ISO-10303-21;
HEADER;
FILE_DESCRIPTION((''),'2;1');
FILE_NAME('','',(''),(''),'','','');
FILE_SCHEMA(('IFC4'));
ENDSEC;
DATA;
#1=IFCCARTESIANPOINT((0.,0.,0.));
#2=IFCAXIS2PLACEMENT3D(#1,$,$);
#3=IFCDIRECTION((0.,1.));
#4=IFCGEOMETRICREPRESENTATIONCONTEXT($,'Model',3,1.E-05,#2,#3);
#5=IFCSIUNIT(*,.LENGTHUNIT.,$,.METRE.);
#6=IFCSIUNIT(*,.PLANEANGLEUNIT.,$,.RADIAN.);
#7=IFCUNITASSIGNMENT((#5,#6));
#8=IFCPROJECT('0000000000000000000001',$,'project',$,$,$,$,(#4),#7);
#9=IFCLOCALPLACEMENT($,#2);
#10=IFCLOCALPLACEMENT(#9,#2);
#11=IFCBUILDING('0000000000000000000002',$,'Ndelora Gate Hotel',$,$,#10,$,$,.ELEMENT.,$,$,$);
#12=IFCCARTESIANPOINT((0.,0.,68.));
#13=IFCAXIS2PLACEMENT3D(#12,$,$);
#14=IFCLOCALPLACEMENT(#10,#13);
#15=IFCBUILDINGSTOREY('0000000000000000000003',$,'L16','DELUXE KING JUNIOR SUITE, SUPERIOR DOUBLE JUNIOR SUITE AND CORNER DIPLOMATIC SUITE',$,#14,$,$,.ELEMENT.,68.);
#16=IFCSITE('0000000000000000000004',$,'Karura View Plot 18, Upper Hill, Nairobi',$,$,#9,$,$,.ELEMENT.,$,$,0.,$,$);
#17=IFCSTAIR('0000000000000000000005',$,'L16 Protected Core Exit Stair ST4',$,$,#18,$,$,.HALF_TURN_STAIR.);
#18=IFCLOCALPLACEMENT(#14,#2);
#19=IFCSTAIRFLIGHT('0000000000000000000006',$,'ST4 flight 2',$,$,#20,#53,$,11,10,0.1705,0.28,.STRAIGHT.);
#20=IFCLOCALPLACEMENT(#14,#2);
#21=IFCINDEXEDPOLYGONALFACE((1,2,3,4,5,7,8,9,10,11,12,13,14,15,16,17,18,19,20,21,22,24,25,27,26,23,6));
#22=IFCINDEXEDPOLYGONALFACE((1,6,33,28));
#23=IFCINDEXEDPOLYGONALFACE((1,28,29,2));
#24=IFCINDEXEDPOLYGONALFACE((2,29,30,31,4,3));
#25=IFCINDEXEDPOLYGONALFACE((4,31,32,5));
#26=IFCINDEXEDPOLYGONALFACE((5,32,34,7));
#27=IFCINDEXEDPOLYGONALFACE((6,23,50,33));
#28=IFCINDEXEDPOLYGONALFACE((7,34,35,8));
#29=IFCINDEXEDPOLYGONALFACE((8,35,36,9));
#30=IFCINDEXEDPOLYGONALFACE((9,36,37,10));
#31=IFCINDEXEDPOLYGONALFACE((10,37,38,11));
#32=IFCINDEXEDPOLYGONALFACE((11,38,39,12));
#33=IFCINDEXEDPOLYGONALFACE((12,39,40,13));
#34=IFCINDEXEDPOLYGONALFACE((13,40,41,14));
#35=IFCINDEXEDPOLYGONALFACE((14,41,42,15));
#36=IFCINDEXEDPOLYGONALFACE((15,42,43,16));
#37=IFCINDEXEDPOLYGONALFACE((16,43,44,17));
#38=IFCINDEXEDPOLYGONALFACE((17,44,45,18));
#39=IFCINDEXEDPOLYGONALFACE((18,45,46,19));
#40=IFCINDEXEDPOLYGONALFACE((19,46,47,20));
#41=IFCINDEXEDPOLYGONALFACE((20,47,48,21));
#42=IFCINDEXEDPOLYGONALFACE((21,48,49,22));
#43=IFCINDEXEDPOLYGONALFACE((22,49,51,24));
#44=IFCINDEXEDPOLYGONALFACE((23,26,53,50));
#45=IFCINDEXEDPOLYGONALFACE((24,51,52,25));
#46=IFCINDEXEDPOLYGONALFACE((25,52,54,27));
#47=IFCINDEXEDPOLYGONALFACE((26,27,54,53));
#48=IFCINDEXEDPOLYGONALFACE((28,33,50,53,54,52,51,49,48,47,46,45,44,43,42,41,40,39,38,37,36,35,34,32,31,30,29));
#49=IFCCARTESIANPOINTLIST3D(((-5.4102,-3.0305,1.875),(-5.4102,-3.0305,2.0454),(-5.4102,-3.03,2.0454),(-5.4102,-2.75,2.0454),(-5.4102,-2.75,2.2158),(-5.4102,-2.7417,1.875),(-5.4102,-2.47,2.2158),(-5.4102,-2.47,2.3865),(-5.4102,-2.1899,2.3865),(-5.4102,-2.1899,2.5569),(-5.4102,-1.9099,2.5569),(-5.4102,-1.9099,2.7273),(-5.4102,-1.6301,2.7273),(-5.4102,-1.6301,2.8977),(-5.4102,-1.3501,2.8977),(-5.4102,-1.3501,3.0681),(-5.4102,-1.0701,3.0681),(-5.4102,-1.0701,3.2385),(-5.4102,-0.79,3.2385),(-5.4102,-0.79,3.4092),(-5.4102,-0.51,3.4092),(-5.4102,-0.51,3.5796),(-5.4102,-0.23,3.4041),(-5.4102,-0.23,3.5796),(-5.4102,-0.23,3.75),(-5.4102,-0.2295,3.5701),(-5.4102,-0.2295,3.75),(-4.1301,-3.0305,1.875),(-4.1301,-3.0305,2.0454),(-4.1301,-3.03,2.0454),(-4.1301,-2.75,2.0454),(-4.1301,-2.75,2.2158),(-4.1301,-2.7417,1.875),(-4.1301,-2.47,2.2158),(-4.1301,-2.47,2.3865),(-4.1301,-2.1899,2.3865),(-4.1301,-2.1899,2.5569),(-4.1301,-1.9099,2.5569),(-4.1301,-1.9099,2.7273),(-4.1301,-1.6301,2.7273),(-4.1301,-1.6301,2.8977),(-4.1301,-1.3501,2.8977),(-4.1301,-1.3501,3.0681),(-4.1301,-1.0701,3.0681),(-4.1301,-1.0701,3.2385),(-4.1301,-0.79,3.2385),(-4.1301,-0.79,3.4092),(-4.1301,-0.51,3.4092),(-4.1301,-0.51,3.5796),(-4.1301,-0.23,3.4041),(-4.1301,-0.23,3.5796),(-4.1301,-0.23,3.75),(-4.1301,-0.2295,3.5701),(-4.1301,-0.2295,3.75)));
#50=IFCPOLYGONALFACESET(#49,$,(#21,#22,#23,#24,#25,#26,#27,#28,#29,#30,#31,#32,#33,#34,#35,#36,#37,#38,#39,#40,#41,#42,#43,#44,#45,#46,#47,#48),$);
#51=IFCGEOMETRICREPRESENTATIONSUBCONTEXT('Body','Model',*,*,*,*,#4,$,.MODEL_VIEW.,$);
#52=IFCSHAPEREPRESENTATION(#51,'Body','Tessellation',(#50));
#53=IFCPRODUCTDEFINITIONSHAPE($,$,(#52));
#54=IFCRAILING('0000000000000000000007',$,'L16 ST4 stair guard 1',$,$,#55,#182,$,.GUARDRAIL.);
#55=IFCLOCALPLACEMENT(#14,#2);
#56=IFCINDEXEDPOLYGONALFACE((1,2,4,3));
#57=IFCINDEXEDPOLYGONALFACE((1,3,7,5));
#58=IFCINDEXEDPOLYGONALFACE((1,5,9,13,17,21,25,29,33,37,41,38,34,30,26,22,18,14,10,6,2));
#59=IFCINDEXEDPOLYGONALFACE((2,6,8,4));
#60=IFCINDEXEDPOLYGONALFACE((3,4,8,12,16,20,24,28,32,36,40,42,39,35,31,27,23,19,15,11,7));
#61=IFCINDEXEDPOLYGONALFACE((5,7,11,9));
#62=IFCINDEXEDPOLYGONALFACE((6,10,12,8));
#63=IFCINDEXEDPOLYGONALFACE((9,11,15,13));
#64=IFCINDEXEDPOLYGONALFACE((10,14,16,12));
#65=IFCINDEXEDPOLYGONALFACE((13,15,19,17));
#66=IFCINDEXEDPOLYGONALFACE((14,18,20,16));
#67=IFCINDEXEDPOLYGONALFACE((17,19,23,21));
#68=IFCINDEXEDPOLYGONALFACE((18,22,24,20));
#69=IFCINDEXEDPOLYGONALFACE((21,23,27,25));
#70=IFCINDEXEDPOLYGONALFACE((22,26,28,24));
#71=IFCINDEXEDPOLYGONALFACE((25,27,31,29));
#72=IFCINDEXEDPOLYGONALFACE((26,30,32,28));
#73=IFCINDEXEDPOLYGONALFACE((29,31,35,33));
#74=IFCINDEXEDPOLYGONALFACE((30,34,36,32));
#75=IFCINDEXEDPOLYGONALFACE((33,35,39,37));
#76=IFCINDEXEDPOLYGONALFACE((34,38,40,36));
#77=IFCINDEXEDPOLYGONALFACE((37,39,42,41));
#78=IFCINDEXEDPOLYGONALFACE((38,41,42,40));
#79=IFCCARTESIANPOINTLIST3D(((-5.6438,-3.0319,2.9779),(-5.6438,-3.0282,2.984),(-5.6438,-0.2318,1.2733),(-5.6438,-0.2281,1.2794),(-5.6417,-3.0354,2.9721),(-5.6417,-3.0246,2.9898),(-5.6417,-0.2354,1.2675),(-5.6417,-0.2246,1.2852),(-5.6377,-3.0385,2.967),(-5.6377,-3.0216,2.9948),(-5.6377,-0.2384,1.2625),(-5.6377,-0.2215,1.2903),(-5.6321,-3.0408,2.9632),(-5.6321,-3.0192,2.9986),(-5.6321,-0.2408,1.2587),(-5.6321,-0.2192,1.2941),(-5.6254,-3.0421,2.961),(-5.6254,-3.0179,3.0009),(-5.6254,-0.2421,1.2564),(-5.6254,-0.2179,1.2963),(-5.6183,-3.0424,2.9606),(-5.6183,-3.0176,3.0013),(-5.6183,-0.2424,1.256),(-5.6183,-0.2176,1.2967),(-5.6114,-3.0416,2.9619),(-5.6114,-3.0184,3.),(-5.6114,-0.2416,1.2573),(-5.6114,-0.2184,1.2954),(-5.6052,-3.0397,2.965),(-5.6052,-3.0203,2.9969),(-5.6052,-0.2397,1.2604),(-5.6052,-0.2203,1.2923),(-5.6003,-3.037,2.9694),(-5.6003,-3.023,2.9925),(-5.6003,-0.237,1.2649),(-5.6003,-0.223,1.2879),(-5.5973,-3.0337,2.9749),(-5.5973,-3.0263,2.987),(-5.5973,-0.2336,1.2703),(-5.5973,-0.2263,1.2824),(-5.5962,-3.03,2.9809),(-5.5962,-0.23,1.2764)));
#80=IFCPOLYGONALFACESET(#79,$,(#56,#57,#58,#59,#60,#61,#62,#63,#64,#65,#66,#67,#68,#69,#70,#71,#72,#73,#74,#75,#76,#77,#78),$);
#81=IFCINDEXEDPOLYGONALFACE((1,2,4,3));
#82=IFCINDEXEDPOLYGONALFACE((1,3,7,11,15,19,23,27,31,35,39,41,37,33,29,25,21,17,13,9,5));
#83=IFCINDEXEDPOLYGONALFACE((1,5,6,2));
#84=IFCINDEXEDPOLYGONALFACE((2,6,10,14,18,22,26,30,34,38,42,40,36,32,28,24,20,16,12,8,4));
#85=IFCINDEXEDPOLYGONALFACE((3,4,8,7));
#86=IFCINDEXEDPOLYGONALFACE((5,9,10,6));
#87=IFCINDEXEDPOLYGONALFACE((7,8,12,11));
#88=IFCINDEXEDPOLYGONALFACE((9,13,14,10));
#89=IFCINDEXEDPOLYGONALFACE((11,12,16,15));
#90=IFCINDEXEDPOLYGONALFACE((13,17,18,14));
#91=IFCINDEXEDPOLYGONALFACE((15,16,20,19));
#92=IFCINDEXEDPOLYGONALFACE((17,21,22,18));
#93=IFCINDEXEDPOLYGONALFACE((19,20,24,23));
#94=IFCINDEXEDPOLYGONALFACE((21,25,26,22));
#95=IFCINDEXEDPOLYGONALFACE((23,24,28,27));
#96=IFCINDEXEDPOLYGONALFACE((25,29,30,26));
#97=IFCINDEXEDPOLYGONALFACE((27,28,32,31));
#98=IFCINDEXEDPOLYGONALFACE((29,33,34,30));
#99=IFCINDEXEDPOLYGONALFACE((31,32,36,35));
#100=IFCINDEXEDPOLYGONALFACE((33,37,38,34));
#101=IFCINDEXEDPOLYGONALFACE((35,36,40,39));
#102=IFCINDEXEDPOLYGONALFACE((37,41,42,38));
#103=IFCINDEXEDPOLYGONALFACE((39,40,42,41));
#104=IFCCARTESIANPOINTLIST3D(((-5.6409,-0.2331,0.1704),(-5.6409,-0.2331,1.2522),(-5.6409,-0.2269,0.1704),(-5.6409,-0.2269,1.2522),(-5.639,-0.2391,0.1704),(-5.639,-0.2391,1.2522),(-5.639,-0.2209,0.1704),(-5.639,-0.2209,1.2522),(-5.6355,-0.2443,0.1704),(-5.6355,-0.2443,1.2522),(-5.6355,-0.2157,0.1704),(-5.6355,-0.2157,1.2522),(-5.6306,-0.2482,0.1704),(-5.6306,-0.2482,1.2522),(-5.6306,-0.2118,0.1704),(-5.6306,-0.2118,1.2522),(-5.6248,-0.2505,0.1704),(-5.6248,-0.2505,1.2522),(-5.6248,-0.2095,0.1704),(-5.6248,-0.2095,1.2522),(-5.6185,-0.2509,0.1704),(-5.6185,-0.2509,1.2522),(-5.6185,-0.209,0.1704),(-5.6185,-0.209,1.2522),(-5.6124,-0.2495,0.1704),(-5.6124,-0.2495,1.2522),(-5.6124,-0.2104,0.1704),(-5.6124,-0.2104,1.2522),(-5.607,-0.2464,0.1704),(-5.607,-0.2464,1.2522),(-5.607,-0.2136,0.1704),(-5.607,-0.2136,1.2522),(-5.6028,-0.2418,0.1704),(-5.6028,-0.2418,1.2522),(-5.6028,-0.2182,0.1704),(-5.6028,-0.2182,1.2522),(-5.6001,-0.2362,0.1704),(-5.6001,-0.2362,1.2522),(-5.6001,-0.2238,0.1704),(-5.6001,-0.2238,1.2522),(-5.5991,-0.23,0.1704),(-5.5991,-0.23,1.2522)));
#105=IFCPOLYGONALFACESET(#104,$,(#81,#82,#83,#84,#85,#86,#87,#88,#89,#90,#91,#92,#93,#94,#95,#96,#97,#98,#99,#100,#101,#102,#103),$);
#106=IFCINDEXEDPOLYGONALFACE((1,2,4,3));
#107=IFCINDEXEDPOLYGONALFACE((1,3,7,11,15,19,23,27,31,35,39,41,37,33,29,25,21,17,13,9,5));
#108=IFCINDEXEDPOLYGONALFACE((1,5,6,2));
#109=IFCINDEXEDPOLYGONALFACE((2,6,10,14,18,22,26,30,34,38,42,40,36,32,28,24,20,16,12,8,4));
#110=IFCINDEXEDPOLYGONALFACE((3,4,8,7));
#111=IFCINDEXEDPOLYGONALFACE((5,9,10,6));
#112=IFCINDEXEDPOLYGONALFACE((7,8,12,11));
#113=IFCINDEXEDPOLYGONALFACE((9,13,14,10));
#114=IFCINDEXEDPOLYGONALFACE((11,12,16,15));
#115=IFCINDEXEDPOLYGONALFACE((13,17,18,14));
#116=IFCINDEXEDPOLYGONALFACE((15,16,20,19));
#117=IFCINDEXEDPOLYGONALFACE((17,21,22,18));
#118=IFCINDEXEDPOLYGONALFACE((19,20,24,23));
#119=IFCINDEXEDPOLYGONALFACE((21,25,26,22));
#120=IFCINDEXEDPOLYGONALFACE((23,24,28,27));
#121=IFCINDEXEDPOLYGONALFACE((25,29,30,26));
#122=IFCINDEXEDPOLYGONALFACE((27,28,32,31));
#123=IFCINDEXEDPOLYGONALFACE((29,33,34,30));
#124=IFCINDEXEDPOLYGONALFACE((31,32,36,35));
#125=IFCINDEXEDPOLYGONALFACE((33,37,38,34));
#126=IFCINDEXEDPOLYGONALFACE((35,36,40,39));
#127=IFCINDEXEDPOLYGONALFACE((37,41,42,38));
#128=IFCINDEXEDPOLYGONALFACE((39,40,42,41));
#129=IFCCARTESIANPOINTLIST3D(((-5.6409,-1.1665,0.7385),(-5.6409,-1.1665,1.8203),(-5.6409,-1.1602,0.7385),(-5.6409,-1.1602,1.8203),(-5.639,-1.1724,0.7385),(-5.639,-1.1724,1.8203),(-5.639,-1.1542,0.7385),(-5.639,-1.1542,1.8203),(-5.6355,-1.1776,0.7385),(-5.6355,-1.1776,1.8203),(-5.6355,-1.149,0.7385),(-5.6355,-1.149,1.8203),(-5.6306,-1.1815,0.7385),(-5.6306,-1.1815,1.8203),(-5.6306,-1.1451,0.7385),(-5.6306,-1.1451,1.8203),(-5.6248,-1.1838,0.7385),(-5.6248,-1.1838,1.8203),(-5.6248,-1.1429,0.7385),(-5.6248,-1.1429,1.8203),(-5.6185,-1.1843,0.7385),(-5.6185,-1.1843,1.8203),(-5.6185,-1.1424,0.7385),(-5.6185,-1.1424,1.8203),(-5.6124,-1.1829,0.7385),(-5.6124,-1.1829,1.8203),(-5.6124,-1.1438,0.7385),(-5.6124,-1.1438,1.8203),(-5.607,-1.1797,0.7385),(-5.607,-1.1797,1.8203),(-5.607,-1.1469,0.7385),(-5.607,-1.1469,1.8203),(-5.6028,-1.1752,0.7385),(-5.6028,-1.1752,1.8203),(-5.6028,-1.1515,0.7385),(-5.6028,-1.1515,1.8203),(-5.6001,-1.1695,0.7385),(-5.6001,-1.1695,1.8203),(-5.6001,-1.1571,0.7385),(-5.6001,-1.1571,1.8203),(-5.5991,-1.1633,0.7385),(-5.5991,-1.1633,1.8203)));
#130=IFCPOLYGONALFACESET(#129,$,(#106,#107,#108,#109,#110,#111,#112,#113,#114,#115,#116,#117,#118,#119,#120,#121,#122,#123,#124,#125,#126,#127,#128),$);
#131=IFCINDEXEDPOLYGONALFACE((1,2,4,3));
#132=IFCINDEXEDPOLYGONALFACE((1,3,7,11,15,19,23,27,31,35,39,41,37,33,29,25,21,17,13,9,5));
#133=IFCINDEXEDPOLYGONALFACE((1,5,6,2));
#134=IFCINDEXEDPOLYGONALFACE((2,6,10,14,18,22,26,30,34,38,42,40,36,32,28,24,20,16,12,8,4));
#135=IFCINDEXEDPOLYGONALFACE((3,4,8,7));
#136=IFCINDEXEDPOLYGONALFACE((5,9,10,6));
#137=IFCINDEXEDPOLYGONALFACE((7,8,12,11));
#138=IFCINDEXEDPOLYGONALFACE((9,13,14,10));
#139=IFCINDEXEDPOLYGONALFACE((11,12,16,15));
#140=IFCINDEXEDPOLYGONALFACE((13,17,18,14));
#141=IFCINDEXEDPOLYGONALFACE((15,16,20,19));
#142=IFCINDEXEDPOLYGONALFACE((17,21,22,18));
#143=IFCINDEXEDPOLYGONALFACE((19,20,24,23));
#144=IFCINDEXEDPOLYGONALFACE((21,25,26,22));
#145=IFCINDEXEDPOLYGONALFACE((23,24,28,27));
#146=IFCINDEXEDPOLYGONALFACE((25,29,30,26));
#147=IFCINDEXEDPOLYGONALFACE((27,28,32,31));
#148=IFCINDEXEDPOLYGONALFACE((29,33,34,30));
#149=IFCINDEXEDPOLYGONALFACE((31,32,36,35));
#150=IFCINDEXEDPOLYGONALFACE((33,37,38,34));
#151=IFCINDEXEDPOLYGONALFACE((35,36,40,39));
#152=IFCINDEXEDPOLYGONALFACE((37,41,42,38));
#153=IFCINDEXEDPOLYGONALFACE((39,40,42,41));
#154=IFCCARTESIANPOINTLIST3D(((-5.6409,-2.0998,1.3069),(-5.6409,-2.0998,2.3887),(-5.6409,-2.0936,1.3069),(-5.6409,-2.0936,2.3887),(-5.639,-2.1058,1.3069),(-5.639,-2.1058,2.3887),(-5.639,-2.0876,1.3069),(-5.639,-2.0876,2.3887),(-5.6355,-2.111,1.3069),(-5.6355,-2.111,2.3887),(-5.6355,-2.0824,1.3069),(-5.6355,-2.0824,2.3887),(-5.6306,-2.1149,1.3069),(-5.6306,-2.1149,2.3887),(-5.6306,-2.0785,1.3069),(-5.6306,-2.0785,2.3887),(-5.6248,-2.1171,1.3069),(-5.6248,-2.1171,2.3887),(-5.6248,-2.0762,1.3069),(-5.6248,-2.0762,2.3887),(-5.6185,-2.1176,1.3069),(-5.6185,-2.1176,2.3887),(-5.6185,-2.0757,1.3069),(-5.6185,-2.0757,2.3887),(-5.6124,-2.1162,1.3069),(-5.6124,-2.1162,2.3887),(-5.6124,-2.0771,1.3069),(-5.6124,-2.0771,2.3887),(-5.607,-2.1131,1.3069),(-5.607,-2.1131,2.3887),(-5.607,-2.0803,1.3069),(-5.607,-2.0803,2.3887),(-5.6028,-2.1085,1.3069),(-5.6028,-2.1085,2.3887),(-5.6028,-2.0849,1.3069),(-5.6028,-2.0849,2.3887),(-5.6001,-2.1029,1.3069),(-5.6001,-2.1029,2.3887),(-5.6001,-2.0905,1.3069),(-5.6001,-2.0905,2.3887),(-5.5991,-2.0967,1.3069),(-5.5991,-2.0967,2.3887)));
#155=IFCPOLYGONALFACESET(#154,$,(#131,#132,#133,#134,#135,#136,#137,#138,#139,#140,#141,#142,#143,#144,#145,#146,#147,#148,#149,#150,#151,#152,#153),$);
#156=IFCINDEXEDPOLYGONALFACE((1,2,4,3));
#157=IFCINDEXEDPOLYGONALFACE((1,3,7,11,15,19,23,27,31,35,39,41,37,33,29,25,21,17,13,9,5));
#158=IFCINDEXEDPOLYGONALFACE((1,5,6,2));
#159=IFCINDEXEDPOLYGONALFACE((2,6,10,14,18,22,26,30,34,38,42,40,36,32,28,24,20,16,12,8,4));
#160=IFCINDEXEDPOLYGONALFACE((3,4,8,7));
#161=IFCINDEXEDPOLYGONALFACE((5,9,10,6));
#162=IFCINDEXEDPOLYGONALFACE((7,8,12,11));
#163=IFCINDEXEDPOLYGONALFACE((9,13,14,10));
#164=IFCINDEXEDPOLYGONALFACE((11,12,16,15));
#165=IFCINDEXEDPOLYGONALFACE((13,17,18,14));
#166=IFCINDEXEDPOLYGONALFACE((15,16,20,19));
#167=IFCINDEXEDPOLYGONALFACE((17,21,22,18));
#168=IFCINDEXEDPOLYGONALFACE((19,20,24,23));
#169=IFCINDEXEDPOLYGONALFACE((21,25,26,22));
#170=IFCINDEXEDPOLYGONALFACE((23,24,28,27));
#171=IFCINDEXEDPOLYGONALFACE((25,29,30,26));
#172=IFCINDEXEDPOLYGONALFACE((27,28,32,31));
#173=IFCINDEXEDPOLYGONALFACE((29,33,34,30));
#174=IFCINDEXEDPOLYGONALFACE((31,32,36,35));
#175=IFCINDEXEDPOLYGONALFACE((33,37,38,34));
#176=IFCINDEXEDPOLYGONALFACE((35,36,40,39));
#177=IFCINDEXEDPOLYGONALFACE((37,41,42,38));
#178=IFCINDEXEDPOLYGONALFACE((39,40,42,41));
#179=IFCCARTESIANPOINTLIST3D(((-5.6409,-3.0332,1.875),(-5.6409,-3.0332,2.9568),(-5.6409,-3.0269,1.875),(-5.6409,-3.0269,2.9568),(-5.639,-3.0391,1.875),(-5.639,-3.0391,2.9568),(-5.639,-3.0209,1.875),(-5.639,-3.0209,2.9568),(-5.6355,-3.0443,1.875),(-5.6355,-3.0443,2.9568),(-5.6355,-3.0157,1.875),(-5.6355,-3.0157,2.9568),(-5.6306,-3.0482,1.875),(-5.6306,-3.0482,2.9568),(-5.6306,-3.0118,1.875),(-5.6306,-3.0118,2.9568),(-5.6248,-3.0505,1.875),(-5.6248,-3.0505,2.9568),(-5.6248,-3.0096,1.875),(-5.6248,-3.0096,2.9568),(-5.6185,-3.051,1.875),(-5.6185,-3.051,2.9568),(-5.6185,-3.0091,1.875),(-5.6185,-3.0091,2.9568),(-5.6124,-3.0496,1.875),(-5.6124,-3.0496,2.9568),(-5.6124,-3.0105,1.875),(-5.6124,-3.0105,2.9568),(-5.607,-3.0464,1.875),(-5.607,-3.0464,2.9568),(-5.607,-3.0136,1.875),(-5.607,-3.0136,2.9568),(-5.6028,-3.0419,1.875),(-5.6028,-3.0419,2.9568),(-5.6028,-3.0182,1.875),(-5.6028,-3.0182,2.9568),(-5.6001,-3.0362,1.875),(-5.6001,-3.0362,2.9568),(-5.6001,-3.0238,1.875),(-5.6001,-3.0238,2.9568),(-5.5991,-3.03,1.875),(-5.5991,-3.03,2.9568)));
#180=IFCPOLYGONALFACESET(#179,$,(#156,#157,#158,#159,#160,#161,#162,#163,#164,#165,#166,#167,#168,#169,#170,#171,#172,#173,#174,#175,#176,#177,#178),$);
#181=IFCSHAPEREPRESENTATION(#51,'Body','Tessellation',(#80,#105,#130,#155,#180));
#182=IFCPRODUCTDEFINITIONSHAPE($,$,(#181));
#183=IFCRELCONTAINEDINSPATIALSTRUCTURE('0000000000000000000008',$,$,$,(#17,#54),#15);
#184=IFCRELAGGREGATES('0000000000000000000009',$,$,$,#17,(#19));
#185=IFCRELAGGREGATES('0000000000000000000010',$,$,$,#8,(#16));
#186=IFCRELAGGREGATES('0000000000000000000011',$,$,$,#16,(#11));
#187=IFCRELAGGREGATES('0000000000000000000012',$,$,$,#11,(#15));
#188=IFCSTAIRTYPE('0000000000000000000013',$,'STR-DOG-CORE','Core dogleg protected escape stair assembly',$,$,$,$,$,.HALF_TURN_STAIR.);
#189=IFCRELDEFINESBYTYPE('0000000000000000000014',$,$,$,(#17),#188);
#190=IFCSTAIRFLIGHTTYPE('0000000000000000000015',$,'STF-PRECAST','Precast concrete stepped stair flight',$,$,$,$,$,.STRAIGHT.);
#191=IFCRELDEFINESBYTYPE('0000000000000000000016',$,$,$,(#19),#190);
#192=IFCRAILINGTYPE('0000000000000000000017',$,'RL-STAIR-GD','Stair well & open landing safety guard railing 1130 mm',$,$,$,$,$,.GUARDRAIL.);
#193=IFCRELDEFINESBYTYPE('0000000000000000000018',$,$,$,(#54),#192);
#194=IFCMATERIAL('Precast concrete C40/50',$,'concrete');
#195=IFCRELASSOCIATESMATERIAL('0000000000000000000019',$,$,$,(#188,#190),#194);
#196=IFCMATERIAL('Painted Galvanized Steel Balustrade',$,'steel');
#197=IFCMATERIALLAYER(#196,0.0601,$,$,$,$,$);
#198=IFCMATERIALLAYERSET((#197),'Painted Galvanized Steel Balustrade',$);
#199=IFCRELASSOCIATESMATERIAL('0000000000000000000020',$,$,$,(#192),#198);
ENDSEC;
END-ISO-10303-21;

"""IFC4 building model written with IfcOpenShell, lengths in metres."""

from ifc_helpers import new_model, si_unit, direction, frame, origin, origin_2d, place, context, subcontext, project, spatial, polyline, circle, outline, extrude, material, layer, layer_set, type_object, element, aggregate, save


model = new_model("IFC4")

# Units and contexts
model_context = context("Model", 3, precision=1e-05, world=origin(), true_north=direction((0.0, 1.0)))
body_context = subcontext(model_context, "Body", "Model", "MODEL_VIEW")
ifc_project = project(units=[si_unit("LENGTHUNIT", "METRE"), si_unit("PLANEANGLEUNIT", "RADIAN")], contexts=[model_context])

# Site, building, storey
site_placement = place(None, origin())
site = spatial("IfcSite", under=ifc_project, at=site_placement, Name="Karura View Plot 18, Upper Hill, Nairobi", CompositionType="ELEMENT", RefElevation=0.0)
building_placement = place(site_placement, origin())
building = spatial("IfcBuilding", under=site, at=building_placement, Name="Ndelora Gate Hotel", CompositionType="ELEMENT")
storey_placement = place(building_placement, frame((0.0, 0.0, 68.0)))
storey = spatial("IfcBuildingStorey", under=building, at=storey_placement, Name="L16", Description="DELUXE KING JUNIOR SUITE, SUPERIOR DOUBLE JUNIOR SUITE AND CORNER DIPLOMATIC SUITE", CompositionType="ELEMENT", Elevation=68.0)

# Stair, stair flight
ifc_material_1 = material(Name="Precast concrete C40/50", Category="concrete")
stair_type = type_object("IfcStairType", Name="STR-DOG-CORE", Description="Core dogleg protected escape stair assembly", PredefinedType="HALF_TURN_STAIR", material=ifc_material_1)
stair_placement = place(storey_placement, origin())
stair = element("IfcStair", 1, at=stair_placement, inside=storey, type_object=stair_type, Name="L16 Protected Core Exit Stair ST4", PredefinedType="HALF_TURN_STAIR")
stair_flight_type = type_object("IfcStairFlightType", Name="STF-PRECAST", Description="Precast concrete stepped stair flight", PredefinedType="STRAIGHT", material=ifc_material_1)
stair_flight_1_placement = place(storey_placement, frame((-4.77, -3.03, 1.875), z_axis=(0.0, 0.0, 1.0), x_axis=(0.0, 1.0, 0.0)))
stair_flight_1 = element("IfcStairFlight", 2, at=stair_flight_1_placement, type_object=stair_flight_type, Name="ST4 flight 2", NumberOfRisers=11, NumberOfTreads=10, PredefinedType="STRAIGHT", RiserHeight=0.1705, TreadLength=0.28, context=body_context, shape_type="SweptSolid", body=[
    extrude(outline(polyline([(-0.0005, 0.0), (-0.0005, 0.1704), (0.0, 0.1704), (0.28, 0.1704), (0.28, 0.3408), (0.5601, 0.3408), (0.5601, 0.5115), (0.8401, 0.5115), (0.8401, 0.6819), (1.1201, 0.6819), (1.1201, 0.8523), (1.3999, 0.8523), (1.3999, 1.0227), (1.6799, 1.0227), (1.6799, 1.1931), (1.96, 1.1931), (1.96, 1.3635), (2.24, 1.3635), (2.24, 1.5342), (2.52, 1.5342), (2.52, 1.7046), (2.8, 1.7046), (2.8, 1.875), (2.8005, 1.875), (2.8005, 1.6951), (2.8, 1.5291), (0.2883, 0.0), (-0.0005, 0.0)])), frame((0.0, 0.6401, 0.0), z_axis=(0.0, -1.0, 0.0), x_axis=(1.0, 0.0, 0.0)), (0.0, 0.0, 1.0), 1.28),
])
aggregate(stair, [stair_flight_1])

# Railing
ifc_material_2 = material(Name="Painted Galvanized Steel Balustrade", Category="steel")
ifc_layer_1 = layer(ifc_material_2, 0.0601)
ifc_layer_set_1 = layer_set([ifc_layer_1], Name="Painted Galvanized Steel Balustrade")
railing_type_1 = type_object("IfcRailingType", Name="RL-STAIR-GD", Description="Stair well & open landing safety guard railing 1130 mm", PredefinedType="GUARDRAIL", material=ifc_layer_set_1)
railing_1_placement = place(storey_placement, frame((-5.6201, -0.23, 0.1704)))
element("IfcRailing", 3, at=railing_1_placement, inside=storey, type_object=railing_type_1, Name="L16 ST4 stair guard 1", PredefinedType="GUARDRAIL", context=body_context, shape_type="SweptSolid", body=[
    extrude(circle(Radius=0.0239, at=origin_2d()), frame((0.0, 0.0, 1.106), z_axis=(0.0, -0.85417, 0.519994), x_axis=(1.0, 0.0, 0.0)), (0.0, 0.0, 1.0), 3.2781),
    extrude(circle(Radius=0.021, at=origin_2d()), origin(), (0.0, 0.0, 1.0), 1.0818),
    extrude(circle(Radius=0.021, at=origin_2d()), frame((0.0, -0.9333, 0.5681)), (0.0, 0.0, 1.0), 1.0818),
    extrude(circle(Radius=0.021, at=origin_2d()), frame((0.0, -1.8667, 1.1365)), (0.0, 0.0, 1.0), 1.0818),
    extrude(circle(Radius=0.021, at=origin_2d()), frame((0.0, -2.8, 1.7046)), (0.0, 0.0, 1.0), 1.0818),
])

save(model, "model.ifc")
